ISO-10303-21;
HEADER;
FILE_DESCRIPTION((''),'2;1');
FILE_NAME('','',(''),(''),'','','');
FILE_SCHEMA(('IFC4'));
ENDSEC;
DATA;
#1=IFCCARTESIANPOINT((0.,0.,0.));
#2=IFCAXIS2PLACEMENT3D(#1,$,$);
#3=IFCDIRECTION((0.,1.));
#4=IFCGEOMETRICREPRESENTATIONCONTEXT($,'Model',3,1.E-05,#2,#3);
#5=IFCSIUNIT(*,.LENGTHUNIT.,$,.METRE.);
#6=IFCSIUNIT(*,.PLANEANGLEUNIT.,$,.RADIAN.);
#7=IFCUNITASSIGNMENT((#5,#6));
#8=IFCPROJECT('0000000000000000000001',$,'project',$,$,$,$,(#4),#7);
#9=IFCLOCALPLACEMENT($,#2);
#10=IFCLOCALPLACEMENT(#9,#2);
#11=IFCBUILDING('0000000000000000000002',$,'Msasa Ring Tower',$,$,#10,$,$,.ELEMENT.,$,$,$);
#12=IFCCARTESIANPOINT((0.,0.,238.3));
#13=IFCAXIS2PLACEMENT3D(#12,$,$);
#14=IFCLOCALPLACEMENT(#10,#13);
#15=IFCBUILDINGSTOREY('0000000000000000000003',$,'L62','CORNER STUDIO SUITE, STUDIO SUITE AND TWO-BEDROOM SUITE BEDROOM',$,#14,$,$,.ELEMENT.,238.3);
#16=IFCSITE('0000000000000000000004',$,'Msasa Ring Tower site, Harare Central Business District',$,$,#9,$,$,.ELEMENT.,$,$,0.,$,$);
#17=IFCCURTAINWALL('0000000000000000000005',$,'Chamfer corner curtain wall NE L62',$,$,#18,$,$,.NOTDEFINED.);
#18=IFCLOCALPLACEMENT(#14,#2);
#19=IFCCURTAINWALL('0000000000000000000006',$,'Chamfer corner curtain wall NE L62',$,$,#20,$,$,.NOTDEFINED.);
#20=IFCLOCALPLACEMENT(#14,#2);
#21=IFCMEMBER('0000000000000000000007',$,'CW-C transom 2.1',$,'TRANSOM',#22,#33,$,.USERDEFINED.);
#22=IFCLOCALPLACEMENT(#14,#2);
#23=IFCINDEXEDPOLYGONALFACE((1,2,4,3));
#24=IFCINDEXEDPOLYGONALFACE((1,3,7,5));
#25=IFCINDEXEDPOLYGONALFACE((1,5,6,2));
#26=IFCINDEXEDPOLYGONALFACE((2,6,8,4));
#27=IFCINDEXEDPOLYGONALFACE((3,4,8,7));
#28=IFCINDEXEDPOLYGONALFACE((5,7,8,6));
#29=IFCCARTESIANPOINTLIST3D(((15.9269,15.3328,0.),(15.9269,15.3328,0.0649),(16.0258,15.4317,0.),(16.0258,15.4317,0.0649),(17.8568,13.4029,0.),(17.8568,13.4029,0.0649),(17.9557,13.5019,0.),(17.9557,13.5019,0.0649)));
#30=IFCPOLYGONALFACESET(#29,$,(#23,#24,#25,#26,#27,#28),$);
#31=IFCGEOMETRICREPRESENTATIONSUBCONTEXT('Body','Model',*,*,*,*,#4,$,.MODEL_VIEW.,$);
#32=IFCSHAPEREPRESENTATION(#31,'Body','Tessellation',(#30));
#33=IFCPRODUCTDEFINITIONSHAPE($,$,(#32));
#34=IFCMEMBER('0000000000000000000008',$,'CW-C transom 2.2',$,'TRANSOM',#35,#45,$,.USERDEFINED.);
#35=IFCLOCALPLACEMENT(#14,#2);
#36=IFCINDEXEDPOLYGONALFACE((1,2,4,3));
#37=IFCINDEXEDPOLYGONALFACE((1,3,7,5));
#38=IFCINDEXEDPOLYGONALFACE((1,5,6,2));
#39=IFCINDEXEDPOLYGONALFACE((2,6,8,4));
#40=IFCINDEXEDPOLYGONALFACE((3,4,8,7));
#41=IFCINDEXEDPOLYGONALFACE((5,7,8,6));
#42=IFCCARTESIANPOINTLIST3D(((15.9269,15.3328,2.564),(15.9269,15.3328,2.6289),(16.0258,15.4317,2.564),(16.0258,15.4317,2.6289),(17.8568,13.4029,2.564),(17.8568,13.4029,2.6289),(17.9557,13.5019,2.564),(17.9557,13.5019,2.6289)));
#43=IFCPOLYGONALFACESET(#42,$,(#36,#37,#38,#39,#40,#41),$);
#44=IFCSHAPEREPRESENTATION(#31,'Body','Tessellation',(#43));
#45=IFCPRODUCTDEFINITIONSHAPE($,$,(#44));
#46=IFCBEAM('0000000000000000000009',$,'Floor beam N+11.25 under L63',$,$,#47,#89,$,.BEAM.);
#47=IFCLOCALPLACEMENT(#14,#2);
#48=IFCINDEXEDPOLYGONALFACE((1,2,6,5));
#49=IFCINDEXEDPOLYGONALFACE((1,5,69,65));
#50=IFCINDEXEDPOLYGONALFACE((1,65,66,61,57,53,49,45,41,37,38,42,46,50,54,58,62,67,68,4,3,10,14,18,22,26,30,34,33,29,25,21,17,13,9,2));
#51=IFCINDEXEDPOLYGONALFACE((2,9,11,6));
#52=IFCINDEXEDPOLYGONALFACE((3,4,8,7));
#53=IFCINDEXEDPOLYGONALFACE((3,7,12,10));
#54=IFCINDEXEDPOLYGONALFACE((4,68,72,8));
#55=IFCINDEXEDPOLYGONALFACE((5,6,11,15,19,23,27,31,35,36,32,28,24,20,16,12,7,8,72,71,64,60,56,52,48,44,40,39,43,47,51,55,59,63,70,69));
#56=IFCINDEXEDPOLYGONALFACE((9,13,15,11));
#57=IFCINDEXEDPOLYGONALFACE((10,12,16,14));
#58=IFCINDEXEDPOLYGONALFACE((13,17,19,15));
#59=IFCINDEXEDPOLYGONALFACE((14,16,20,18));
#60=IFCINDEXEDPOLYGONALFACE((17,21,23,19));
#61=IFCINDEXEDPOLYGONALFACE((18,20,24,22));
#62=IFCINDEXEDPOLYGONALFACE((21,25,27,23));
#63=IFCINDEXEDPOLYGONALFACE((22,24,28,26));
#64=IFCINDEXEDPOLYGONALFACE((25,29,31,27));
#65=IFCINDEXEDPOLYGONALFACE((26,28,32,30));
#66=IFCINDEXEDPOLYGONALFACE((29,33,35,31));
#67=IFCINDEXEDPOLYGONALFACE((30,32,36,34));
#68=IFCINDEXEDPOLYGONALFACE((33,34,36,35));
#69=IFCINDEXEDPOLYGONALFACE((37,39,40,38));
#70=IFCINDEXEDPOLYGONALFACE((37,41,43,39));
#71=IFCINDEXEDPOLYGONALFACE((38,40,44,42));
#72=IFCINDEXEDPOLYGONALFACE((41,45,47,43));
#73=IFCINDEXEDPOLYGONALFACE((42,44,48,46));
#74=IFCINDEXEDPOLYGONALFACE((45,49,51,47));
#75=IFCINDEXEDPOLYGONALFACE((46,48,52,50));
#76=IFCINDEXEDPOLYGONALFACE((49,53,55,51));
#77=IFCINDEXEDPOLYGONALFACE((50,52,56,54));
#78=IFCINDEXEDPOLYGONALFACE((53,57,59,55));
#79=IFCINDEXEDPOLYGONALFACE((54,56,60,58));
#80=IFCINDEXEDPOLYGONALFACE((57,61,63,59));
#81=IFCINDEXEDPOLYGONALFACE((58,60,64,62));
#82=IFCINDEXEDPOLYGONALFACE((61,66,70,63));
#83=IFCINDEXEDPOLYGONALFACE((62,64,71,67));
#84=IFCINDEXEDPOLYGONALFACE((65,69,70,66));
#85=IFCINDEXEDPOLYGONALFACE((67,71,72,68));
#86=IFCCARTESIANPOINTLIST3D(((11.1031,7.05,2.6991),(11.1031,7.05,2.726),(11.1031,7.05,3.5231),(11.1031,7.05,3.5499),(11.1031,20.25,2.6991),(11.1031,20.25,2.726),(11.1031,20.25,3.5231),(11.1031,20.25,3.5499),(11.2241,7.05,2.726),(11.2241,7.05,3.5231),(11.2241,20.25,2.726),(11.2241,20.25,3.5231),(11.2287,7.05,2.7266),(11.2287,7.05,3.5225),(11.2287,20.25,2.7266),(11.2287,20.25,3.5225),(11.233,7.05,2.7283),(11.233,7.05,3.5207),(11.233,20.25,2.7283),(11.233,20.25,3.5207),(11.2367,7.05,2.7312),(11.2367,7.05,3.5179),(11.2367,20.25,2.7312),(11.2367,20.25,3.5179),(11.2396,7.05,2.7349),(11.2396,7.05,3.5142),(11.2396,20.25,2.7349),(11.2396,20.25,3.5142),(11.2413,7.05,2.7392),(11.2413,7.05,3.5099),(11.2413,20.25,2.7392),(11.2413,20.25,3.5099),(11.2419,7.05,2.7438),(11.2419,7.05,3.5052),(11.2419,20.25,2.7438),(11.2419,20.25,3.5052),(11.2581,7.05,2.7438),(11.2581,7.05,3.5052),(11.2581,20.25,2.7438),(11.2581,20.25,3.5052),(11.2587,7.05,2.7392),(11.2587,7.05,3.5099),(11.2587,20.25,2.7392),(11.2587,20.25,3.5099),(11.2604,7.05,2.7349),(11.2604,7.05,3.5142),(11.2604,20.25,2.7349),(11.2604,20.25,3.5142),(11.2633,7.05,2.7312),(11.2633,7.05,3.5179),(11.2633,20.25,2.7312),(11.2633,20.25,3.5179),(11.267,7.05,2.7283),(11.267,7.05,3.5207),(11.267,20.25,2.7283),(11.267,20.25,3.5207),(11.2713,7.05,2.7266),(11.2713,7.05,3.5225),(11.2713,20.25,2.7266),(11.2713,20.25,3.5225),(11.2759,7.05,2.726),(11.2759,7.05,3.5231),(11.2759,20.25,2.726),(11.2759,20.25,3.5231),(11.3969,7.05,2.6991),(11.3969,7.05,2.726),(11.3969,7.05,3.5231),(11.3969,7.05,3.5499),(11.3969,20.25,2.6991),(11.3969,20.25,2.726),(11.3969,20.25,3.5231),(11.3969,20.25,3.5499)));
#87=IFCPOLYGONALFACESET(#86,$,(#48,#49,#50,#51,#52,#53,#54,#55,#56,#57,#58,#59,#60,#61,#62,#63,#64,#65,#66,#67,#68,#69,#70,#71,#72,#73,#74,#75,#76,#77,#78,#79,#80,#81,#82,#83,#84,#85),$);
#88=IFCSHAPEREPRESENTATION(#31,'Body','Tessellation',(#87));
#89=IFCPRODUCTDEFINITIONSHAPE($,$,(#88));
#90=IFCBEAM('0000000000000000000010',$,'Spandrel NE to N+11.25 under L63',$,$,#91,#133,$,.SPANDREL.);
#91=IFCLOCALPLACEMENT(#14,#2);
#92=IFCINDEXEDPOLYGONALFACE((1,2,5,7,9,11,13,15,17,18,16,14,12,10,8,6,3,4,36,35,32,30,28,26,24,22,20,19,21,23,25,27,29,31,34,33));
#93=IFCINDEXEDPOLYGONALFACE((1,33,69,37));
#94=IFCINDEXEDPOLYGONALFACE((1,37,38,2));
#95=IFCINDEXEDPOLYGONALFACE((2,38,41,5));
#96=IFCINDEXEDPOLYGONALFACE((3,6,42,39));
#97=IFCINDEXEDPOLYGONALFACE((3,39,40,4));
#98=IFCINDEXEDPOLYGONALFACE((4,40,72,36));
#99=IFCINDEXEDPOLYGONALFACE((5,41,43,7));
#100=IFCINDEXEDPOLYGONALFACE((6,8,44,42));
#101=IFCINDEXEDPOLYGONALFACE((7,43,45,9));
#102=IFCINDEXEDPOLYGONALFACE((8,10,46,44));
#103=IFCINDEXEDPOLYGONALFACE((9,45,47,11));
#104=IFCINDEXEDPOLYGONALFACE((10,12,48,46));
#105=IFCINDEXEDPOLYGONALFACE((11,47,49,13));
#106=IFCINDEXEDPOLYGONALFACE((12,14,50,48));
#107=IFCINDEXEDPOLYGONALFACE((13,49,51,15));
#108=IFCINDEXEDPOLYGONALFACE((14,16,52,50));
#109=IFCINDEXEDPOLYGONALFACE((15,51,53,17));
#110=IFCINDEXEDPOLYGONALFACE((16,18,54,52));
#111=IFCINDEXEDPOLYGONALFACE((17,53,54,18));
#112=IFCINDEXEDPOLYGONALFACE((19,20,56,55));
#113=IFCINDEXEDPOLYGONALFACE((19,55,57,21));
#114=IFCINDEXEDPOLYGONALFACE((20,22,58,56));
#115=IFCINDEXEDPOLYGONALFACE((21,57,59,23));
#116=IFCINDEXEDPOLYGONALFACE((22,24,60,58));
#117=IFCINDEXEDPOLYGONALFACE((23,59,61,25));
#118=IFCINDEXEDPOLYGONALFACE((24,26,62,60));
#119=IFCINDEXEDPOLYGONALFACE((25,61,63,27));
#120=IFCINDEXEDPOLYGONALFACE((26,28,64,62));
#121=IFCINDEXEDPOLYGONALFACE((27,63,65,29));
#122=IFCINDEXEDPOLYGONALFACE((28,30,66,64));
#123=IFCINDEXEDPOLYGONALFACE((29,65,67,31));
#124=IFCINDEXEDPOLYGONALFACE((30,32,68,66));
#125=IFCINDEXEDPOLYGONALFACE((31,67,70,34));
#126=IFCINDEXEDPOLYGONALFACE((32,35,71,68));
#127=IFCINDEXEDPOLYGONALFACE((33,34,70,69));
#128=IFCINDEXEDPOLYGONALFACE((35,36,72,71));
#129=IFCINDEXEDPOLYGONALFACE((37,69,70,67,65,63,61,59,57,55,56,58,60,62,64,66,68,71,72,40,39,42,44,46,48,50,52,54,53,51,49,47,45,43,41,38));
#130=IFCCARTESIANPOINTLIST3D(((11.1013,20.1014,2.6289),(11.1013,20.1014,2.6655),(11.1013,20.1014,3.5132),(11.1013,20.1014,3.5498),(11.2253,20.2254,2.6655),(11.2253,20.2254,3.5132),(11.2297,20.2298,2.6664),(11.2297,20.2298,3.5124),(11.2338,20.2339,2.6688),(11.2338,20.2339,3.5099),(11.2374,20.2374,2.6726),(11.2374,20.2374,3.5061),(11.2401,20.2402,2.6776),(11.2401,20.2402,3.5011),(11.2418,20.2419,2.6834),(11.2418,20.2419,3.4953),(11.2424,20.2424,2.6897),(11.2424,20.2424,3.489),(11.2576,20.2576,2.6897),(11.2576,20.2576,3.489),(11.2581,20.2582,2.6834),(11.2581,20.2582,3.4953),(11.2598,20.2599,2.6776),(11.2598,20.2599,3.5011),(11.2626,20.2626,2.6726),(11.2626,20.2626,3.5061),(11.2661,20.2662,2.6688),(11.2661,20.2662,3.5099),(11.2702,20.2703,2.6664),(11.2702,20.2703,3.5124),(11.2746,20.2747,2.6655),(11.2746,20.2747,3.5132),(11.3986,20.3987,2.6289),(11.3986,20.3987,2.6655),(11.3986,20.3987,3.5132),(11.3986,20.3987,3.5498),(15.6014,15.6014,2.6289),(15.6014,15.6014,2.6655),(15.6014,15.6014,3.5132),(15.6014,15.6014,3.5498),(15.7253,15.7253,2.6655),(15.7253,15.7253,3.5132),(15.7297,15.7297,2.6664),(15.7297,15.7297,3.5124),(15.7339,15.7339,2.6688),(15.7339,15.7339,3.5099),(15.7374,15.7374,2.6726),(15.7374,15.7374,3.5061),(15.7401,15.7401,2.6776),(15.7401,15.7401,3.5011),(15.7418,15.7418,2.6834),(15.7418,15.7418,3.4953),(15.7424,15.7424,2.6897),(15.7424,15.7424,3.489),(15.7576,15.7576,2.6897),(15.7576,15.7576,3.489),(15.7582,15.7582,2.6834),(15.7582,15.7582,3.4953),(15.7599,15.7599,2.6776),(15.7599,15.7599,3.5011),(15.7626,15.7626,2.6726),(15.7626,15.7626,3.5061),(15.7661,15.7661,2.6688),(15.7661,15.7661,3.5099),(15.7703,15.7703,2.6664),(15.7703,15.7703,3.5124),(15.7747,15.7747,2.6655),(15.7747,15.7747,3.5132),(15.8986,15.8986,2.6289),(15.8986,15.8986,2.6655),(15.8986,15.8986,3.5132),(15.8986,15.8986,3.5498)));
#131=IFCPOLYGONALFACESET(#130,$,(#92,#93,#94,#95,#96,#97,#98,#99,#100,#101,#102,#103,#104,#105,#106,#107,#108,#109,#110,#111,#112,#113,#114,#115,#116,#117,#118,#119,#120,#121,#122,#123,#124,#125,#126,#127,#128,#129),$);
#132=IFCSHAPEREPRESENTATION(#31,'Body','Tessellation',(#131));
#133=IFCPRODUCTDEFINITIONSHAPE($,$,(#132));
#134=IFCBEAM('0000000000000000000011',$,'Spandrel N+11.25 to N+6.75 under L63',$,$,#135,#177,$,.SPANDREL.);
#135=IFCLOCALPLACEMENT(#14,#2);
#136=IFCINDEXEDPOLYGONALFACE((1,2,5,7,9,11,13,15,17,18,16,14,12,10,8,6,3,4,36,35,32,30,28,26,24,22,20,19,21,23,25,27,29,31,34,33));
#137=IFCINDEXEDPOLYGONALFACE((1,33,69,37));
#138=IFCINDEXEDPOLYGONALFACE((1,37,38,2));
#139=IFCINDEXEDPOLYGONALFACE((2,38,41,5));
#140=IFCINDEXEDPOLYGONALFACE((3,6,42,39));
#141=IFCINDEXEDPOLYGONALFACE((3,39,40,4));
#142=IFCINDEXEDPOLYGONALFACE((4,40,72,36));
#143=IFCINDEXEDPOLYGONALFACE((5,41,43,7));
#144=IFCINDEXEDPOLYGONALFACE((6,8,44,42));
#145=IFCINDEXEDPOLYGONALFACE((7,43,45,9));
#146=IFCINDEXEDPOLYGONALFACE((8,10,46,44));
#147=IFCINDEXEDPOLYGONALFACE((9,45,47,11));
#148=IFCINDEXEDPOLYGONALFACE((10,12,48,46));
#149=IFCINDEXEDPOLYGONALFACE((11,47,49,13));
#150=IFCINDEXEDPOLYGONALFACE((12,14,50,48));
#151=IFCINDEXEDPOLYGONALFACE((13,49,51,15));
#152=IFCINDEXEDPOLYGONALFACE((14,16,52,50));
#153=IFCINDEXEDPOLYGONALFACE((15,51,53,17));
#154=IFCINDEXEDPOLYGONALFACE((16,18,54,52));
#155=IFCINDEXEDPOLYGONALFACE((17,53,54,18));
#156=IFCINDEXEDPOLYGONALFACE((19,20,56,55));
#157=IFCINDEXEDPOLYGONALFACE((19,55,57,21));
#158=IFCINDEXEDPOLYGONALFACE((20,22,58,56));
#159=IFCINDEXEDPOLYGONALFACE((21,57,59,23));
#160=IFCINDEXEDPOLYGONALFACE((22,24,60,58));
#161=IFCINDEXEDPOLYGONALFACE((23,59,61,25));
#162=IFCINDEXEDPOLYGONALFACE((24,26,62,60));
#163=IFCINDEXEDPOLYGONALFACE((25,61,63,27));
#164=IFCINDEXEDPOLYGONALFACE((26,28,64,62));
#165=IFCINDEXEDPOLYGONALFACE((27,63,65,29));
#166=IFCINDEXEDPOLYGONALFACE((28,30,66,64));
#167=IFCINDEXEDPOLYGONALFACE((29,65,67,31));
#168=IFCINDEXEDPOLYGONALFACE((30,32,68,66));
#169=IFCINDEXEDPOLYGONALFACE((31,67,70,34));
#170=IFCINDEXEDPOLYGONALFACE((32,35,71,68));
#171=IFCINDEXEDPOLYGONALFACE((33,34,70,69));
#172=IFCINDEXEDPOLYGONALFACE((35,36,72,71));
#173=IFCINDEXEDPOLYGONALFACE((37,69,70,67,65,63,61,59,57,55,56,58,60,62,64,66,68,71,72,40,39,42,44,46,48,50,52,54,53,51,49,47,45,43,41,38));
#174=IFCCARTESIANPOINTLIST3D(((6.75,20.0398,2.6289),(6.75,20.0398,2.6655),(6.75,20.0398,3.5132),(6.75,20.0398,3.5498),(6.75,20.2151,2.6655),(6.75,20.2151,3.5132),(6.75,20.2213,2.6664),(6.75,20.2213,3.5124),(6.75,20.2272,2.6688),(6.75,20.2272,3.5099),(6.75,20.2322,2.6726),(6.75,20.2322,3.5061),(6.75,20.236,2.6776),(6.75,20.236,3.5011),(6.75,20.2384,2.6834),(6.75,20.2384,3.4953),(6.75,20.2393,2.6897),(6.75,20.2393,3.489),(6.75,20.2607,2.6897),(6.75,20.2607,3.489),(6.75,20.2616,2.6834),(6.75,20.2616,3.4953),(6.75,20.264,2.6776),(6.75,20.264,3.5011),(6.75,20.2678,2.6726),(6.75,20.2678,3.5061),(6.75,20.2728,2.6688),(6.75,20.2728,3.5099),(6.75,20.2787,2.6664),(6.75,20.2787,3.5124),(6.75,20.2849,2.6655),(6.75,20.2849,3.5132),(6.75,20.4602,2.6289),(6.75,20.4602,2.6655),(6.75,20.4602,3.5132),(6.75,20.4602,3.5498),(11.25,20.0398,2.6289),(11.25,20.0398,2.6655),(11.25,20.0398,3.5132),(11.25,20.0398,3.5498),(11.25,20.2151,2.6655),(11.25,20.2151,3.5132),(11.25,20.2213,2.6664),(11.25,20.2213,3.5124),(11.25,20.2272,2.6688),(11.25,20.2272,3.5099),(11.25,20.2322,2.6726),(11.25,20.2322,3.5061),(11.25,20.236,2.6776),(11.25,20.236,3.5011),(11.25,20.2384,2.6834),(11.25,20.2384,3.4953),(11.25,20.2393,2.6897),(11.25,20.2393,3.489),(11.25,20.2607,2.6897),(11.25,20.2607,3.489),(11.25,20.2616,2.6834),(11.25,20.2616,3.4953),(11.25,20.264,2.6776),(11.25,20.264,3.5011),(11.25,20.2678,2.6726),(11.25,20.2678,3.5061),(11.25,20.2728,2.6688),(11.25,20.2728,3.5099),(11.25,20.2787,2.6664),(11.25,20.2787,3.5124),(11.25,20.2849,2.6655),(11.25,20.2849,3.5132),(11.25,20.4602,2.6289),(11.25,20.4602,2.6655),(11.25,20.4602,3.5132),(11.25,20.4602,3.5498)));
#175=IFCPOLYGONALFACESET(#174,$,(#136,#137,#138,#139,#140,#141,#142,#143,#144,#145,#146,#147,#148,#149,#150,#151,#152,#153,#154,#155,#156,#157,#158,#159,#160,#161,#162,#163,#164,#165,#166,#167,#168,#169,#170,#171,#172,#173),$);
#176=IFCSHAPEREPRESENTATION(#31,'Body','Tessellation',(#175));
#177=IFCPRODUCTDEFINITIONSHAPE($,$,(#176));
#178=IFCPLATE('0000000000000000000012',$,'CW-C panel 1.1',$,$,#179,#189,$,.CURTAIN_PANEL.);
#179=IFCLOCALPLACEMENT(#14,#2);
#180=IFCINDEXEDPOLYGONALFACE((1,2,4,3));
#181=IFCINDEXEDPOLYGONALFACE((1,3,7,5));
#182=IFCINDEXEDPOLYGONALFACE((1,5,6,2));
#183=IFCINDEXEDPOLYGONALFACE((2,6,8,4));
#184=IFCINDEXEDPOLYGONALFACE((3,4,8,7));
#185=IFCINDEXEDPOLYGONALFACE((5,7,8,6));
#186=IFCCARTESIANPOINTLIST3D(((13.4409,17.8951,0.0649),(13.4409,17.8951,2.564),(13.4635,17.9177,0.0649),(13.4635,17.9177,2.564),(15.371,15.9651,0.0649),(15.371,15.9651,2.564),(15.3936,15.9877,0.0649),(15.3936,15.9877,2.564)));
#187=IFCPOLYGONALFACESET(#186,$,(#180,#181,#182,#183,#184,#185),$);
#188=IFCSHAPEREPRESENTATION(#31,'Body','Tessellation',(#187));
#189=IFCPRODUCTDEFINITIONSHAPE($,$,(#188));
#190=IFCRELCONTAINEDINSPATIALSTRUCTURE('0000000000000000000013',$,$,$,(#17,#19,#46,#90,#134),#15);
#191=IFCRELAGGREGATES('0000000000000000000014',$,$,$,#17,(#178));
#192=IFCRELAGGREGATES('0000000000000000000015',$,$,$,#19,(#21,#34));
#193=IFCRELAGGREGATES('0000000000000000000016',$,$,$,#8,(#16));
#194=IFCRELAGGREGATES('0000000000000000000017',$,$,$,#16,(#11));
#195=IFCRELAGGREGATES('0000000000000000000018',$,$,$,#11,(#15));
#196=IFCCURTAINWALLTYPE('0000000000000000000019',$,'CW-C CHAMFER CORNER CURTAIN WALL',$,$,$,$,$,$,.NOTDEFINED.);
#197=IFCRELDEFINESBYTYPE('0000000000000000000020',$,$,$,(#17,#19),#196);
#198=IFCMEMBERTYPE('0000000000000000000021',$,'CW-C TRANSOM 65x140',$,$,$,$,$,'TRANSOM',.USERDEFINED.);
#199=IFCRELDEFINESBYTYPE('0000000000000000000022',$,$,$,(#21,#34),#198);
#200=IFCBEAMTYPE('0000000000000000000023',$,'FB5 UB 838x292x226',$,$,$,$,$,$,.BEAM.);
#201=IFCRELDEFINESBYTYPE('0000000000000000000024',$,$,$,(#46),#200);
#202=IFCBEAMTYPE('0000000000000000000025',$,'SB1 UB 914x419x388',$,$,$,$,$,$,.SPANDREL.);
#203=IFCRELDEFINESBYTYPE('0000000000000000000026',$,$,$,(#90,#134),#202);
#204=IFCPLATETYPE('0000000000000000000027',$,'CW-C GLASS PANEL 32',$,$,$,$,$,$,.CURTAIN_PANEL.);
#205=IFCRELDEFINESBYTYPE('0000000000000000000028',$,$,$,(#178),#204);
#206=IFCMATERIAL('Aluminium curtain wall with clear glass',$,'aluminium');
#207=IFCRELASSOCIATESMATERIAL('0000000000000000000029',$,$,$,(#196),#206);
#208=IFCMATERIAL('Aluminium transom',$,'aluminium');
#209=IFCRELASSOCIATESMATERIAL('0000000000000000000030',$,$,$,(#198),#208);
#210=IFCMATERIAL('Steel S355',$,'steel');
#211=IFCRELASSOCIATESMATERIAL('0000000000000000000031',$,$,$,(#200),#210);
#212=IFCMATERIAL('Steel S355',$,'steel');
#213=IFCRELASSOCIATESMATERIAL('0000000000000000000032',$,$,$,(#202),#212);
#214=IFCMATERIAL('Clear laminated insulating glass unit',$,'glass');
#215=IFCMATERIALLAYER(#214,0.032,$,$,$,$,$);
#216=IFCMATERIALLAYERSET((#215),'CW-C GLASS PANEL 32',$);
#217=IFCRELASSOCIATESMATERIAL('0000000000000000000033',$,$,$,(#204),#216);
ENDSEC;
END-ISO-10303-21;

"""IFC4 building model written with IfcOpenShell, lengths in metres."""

from ifc_helpers import new_model, si_unit, direction, frame, origin, origin_2d, place, context, subcontext, project, spatial, rectangle, i_section, extrude, material, layer, layer_set, material_profile, profile_set, type_object, element, aggregate, save


model = new_model("IFC4")

# Units and contexts
model_context = context("Model", 3, precision=1e-05, world=origin(), true_north=direction((0.0, 1.0)))
body_context = subcontext(model_context, "Body", "Model", "MODEL_VIEW")
ifc_project = project(units=[si_unit("LENGTHUNIT", "METRE"), si_unit("PLANEANGLEUNIT", "RADIAN")], contexts=[model_context])

# Site, building, storey
site_placement = place(None, origin())
site = spatial("IfcSite", under=ifc_project, at=site_placement, Name="Msasa Ring Tower site, Harare Central Business District", CompositionType="ELEMENT", RefElevation=0.0)
building_placement = place(site_placement, origin())
building = spatial("IfcBuilding", under=site, at=building_placement, Name="Msasa Ring Tower", CompositionType="ELEMENT")
storey_placement = place(building_placement, frame((0.0, 0.0, 238.3)))
storey = spatial("IfcBuildingStorey", under=building, at=storey_placement, Name="L62", Description="CORNER STUDIO SUITE, STUDIO SUITE AND TWO-BEDROOM SUITE BEDROOM", CompositionType="ELEMENT", Elevation=238.3)

# Curtain walls
ifc_material_1 = material(Name="Aluminium curtain wall with clear glass", Category="aluminium")
curtain_wall_type = type_object("IfcCurtainWallType", Name="CW-C CHAMFER CORNER CURTAIN WALL", PredefinedType="NOTDEFINED", material=ifc_material_1)
curtain_wall_1_placement = place(storey_placement, origin())
curtain_wall_1 = element("IfcCurtainWall", 1, at=curtain_wall_1_placement, inside=storey, type_object=curtain_wall_type, Name="Chamfer corner curtain wall NE L62", PredefinedType="NOTDEFINED")
curtain_wall_2_placement = place(storey_placement, origin())
curtain_wall_2 = element("IfcCurtainWall", 2, at=curtain_wall_2_placement, inside=storey, type_object=curtain_wall_type, Name="Chamfer corner curtain wall NE L62", PredefinedType="NOTDEFINED")

# Members
ifc_material_2 = material(Name="Aluminium transom", Category="aluminium")
ifc_material_profile_1 = material_profile(ifc_material_2, rectangle(XDim=0.1399, YDim=0.0649, at=origin_2d()), Name="AL 65x140")
ifc_profile_set_1 = profile_set([ifc_material_profile_1], Name="Aluminium transom")
member_type_1 = type_object("IfcMemberType", Name="CW-C TRANSOM 65x140", ElementType="TRANSOM", PredefinedType="USERDEFINED", material=ifc_profile_set_1)
member_1_placement = place(storey_placement, frame((17.9062, 13.4524, 0.0325), z_axis=(-0.707107, 0.707107, 0.0), x_axis=(-0.707107, -0.707107, 0.0)))
member_1 = element("IfcMember", 3, at=member_1_placement, type_object=member_type_1, Name="CW-C transom 2.1", ObjectType="TRANSOM", PredefinedType="USERDEFINED", context=body_context, shape_type="SweptSolid", body=[
    extrude(rectangle(XDim=0.1399, YDim=0.0649, at=origin_2d()), origin(), (0.0, 0.0, 1.0), 2.7292),
])
member_2_placement = place(storey_placement, frame((17.9062, 13.4524, 2.5964), z_axis=(-0.707107, 0.707107, 0.0), x_axis=(-0.707107, -0.707107, 0.0)))
member_2 = element("IfcMember", 4, at=member_2_placement, type_object=member_type_1, Name="CW-C transom 2.2", ObjectType="TRANSOM", PredefinedType="USERDEFINED", context=body_context, shape_type="SweptSolid", body=[
    extrude(rectangle(XDim=0.1399, YDim=0.0649, at=origin_2d()), origin(), (0.0, 0.0, 1.0), 2.7292),
])

# Beams
ifc_material_3 = material(Name="Steel S355", Category="steel")
ifc_material_profile_2 = material_profile(ifc_material_3, i_section(OverallWidth=0.2937, OverallDepth=0.8508, WebThickness=0.0161, FlangeThickness=0.0269, FilletRadius=0.0178, at=origin_2d()), Name="UB 838x292x226")
ifc_profile_set_2 = profile_set([ifc_material_profile_2], Name="Steel S355")
beam_type_1 = type_object("IfcBeamType", Name="FB5 UB 838x292x226", PredefinedType="BEAM", material=ifc_profile_set_2)
beam_1_placement = place(storey_placement, frame((11.25, 20.25, 3.1245), z_axis=(0.0, -1.0, 0.0), x_axis=(1.0, 0.0, 0.0)))
element("IfcBeam", 5, at=beam_1_placement, inside=storey, type_object=beam_type_1, Name="Floor beam N+11.25 under L63", PredefinedType="BEAM", context=body_context, shape_type="SweptSolid", body=[
    extrude(i_section(OverallWidth=0.2937, OverallDepth=0.8508, WebThickness=0.0161, FlangeThickness=0.0269, FilletRadius=0.0178, at=origin_2d()), origin(), (0.0, 0.0, 1.0), 13.2),
])
ifc_material_4 = material(Name="Steel S355", Category="steel")
ifc_material_profile_3 = material_profile(ifc_material_4, i_section(OverallWidth=0.4204, OverallDepth=0.9209, WebThickness=0.0215, FlangeThickness=0.0366, FilletRadius=0.0242, at=origin_2d()), Name="UB 914x419x388")
ifc_profile_set_3 = profile_set([ifc_material_profile_3], Name="Steel S355")
beam_type_2 = type_object("IfcBeamType", Name="SB1 UB 914x419x388", PredefinedType="SPANDREL", material=ifc_profile_set_3)
beam_2_placement = place(storey_placement, frame((15.75, 15.75, 3.0894), z_axis=(-0.707107, 0.707107, 0.0), x_axis=(-0.707107, -0.707107, 0.0)))
element("IfcBeam", 6, at=beam_2_placement, inside=storey, type_object=beam_type_2, Name="Spandrel NE to N+11.25 under L63", PredefinedType="SPANDREL", context=body_context, shape_type="SweptSolid", body=[
    extrude(i_section(OverallWidth=0.4204, OverallDepth=0.9209, WebThickness=0.0215, FlangeThickness=0.0366, FilletRadius=0.0242, at=origin_2d()), origin(), (0.0, 0.0, 1.0), 6.364),
])
beam_3_placement = place(storey_placement, frame((11.25, 20.25, 3.0894), z_axis=(-1.0, 0.0, 0.0), x_axis=(0.0, -1.0, 0.0)))
element("IfcBeam", 7, at=beam_3_placement, inside=storey, type_object=beam_type_2, Name="Spandrel N+11.25 to N+6.75 under L63", PredefinedType="SPANDREL", context=body_context, shape_type="SweptSolid", body=[
    extrude(i_section(OverallWidth=0.4204, OverallDepth=0.9209, WebThickness=0.0215, FlangeThickness=0.0366, FilletRadius=0.0242, at=origin_2d()), origin(), (0.0, 0.0, 1.0), 4.5),
])

# Plate
ifc_material_5 = material(Name="Clear laminated insulating glass unit", Category="glass")
ifc_layer_1 = layer(ifc_material_5, 0.032)
ifc_layer_set_1 = layer_set([ifc_layer_1], Name="CW-C GLASS PANEL 32")
plate_type = type_object("IfcPlateType", Name="CW-C GLASS PANEL 32", PredefinedType="CURTAIN_PANEL", material=ifc_layer_set_1)
plate_1_placement = place(storey_placement, frame((14.4172, 16.9414, 0.0649), z_axis=(0.0, 0.0, 1.0), x_axis=(-0.707107, 0.707107, 0.0)))
plate_1 = element("IfcPlate", 8, at=plate_1_placement, type_object=plate_type, Name="CW-C panel 1.1", PredefinedType="CURTAIN_PANEL", context=body_context, shape_type="SweptSolid", body=[
    extrude(rectangle(XDim=2.7295, YDim=0.032, at=origin_2d()), origin(), (0.0, 0.0, 1.0), 2.499),
])
aggregate(curtain_wall_1, [plate_1])
aggregate(curtain_wall_2, [member_1, member_2])

save(model, "model.ifc")
